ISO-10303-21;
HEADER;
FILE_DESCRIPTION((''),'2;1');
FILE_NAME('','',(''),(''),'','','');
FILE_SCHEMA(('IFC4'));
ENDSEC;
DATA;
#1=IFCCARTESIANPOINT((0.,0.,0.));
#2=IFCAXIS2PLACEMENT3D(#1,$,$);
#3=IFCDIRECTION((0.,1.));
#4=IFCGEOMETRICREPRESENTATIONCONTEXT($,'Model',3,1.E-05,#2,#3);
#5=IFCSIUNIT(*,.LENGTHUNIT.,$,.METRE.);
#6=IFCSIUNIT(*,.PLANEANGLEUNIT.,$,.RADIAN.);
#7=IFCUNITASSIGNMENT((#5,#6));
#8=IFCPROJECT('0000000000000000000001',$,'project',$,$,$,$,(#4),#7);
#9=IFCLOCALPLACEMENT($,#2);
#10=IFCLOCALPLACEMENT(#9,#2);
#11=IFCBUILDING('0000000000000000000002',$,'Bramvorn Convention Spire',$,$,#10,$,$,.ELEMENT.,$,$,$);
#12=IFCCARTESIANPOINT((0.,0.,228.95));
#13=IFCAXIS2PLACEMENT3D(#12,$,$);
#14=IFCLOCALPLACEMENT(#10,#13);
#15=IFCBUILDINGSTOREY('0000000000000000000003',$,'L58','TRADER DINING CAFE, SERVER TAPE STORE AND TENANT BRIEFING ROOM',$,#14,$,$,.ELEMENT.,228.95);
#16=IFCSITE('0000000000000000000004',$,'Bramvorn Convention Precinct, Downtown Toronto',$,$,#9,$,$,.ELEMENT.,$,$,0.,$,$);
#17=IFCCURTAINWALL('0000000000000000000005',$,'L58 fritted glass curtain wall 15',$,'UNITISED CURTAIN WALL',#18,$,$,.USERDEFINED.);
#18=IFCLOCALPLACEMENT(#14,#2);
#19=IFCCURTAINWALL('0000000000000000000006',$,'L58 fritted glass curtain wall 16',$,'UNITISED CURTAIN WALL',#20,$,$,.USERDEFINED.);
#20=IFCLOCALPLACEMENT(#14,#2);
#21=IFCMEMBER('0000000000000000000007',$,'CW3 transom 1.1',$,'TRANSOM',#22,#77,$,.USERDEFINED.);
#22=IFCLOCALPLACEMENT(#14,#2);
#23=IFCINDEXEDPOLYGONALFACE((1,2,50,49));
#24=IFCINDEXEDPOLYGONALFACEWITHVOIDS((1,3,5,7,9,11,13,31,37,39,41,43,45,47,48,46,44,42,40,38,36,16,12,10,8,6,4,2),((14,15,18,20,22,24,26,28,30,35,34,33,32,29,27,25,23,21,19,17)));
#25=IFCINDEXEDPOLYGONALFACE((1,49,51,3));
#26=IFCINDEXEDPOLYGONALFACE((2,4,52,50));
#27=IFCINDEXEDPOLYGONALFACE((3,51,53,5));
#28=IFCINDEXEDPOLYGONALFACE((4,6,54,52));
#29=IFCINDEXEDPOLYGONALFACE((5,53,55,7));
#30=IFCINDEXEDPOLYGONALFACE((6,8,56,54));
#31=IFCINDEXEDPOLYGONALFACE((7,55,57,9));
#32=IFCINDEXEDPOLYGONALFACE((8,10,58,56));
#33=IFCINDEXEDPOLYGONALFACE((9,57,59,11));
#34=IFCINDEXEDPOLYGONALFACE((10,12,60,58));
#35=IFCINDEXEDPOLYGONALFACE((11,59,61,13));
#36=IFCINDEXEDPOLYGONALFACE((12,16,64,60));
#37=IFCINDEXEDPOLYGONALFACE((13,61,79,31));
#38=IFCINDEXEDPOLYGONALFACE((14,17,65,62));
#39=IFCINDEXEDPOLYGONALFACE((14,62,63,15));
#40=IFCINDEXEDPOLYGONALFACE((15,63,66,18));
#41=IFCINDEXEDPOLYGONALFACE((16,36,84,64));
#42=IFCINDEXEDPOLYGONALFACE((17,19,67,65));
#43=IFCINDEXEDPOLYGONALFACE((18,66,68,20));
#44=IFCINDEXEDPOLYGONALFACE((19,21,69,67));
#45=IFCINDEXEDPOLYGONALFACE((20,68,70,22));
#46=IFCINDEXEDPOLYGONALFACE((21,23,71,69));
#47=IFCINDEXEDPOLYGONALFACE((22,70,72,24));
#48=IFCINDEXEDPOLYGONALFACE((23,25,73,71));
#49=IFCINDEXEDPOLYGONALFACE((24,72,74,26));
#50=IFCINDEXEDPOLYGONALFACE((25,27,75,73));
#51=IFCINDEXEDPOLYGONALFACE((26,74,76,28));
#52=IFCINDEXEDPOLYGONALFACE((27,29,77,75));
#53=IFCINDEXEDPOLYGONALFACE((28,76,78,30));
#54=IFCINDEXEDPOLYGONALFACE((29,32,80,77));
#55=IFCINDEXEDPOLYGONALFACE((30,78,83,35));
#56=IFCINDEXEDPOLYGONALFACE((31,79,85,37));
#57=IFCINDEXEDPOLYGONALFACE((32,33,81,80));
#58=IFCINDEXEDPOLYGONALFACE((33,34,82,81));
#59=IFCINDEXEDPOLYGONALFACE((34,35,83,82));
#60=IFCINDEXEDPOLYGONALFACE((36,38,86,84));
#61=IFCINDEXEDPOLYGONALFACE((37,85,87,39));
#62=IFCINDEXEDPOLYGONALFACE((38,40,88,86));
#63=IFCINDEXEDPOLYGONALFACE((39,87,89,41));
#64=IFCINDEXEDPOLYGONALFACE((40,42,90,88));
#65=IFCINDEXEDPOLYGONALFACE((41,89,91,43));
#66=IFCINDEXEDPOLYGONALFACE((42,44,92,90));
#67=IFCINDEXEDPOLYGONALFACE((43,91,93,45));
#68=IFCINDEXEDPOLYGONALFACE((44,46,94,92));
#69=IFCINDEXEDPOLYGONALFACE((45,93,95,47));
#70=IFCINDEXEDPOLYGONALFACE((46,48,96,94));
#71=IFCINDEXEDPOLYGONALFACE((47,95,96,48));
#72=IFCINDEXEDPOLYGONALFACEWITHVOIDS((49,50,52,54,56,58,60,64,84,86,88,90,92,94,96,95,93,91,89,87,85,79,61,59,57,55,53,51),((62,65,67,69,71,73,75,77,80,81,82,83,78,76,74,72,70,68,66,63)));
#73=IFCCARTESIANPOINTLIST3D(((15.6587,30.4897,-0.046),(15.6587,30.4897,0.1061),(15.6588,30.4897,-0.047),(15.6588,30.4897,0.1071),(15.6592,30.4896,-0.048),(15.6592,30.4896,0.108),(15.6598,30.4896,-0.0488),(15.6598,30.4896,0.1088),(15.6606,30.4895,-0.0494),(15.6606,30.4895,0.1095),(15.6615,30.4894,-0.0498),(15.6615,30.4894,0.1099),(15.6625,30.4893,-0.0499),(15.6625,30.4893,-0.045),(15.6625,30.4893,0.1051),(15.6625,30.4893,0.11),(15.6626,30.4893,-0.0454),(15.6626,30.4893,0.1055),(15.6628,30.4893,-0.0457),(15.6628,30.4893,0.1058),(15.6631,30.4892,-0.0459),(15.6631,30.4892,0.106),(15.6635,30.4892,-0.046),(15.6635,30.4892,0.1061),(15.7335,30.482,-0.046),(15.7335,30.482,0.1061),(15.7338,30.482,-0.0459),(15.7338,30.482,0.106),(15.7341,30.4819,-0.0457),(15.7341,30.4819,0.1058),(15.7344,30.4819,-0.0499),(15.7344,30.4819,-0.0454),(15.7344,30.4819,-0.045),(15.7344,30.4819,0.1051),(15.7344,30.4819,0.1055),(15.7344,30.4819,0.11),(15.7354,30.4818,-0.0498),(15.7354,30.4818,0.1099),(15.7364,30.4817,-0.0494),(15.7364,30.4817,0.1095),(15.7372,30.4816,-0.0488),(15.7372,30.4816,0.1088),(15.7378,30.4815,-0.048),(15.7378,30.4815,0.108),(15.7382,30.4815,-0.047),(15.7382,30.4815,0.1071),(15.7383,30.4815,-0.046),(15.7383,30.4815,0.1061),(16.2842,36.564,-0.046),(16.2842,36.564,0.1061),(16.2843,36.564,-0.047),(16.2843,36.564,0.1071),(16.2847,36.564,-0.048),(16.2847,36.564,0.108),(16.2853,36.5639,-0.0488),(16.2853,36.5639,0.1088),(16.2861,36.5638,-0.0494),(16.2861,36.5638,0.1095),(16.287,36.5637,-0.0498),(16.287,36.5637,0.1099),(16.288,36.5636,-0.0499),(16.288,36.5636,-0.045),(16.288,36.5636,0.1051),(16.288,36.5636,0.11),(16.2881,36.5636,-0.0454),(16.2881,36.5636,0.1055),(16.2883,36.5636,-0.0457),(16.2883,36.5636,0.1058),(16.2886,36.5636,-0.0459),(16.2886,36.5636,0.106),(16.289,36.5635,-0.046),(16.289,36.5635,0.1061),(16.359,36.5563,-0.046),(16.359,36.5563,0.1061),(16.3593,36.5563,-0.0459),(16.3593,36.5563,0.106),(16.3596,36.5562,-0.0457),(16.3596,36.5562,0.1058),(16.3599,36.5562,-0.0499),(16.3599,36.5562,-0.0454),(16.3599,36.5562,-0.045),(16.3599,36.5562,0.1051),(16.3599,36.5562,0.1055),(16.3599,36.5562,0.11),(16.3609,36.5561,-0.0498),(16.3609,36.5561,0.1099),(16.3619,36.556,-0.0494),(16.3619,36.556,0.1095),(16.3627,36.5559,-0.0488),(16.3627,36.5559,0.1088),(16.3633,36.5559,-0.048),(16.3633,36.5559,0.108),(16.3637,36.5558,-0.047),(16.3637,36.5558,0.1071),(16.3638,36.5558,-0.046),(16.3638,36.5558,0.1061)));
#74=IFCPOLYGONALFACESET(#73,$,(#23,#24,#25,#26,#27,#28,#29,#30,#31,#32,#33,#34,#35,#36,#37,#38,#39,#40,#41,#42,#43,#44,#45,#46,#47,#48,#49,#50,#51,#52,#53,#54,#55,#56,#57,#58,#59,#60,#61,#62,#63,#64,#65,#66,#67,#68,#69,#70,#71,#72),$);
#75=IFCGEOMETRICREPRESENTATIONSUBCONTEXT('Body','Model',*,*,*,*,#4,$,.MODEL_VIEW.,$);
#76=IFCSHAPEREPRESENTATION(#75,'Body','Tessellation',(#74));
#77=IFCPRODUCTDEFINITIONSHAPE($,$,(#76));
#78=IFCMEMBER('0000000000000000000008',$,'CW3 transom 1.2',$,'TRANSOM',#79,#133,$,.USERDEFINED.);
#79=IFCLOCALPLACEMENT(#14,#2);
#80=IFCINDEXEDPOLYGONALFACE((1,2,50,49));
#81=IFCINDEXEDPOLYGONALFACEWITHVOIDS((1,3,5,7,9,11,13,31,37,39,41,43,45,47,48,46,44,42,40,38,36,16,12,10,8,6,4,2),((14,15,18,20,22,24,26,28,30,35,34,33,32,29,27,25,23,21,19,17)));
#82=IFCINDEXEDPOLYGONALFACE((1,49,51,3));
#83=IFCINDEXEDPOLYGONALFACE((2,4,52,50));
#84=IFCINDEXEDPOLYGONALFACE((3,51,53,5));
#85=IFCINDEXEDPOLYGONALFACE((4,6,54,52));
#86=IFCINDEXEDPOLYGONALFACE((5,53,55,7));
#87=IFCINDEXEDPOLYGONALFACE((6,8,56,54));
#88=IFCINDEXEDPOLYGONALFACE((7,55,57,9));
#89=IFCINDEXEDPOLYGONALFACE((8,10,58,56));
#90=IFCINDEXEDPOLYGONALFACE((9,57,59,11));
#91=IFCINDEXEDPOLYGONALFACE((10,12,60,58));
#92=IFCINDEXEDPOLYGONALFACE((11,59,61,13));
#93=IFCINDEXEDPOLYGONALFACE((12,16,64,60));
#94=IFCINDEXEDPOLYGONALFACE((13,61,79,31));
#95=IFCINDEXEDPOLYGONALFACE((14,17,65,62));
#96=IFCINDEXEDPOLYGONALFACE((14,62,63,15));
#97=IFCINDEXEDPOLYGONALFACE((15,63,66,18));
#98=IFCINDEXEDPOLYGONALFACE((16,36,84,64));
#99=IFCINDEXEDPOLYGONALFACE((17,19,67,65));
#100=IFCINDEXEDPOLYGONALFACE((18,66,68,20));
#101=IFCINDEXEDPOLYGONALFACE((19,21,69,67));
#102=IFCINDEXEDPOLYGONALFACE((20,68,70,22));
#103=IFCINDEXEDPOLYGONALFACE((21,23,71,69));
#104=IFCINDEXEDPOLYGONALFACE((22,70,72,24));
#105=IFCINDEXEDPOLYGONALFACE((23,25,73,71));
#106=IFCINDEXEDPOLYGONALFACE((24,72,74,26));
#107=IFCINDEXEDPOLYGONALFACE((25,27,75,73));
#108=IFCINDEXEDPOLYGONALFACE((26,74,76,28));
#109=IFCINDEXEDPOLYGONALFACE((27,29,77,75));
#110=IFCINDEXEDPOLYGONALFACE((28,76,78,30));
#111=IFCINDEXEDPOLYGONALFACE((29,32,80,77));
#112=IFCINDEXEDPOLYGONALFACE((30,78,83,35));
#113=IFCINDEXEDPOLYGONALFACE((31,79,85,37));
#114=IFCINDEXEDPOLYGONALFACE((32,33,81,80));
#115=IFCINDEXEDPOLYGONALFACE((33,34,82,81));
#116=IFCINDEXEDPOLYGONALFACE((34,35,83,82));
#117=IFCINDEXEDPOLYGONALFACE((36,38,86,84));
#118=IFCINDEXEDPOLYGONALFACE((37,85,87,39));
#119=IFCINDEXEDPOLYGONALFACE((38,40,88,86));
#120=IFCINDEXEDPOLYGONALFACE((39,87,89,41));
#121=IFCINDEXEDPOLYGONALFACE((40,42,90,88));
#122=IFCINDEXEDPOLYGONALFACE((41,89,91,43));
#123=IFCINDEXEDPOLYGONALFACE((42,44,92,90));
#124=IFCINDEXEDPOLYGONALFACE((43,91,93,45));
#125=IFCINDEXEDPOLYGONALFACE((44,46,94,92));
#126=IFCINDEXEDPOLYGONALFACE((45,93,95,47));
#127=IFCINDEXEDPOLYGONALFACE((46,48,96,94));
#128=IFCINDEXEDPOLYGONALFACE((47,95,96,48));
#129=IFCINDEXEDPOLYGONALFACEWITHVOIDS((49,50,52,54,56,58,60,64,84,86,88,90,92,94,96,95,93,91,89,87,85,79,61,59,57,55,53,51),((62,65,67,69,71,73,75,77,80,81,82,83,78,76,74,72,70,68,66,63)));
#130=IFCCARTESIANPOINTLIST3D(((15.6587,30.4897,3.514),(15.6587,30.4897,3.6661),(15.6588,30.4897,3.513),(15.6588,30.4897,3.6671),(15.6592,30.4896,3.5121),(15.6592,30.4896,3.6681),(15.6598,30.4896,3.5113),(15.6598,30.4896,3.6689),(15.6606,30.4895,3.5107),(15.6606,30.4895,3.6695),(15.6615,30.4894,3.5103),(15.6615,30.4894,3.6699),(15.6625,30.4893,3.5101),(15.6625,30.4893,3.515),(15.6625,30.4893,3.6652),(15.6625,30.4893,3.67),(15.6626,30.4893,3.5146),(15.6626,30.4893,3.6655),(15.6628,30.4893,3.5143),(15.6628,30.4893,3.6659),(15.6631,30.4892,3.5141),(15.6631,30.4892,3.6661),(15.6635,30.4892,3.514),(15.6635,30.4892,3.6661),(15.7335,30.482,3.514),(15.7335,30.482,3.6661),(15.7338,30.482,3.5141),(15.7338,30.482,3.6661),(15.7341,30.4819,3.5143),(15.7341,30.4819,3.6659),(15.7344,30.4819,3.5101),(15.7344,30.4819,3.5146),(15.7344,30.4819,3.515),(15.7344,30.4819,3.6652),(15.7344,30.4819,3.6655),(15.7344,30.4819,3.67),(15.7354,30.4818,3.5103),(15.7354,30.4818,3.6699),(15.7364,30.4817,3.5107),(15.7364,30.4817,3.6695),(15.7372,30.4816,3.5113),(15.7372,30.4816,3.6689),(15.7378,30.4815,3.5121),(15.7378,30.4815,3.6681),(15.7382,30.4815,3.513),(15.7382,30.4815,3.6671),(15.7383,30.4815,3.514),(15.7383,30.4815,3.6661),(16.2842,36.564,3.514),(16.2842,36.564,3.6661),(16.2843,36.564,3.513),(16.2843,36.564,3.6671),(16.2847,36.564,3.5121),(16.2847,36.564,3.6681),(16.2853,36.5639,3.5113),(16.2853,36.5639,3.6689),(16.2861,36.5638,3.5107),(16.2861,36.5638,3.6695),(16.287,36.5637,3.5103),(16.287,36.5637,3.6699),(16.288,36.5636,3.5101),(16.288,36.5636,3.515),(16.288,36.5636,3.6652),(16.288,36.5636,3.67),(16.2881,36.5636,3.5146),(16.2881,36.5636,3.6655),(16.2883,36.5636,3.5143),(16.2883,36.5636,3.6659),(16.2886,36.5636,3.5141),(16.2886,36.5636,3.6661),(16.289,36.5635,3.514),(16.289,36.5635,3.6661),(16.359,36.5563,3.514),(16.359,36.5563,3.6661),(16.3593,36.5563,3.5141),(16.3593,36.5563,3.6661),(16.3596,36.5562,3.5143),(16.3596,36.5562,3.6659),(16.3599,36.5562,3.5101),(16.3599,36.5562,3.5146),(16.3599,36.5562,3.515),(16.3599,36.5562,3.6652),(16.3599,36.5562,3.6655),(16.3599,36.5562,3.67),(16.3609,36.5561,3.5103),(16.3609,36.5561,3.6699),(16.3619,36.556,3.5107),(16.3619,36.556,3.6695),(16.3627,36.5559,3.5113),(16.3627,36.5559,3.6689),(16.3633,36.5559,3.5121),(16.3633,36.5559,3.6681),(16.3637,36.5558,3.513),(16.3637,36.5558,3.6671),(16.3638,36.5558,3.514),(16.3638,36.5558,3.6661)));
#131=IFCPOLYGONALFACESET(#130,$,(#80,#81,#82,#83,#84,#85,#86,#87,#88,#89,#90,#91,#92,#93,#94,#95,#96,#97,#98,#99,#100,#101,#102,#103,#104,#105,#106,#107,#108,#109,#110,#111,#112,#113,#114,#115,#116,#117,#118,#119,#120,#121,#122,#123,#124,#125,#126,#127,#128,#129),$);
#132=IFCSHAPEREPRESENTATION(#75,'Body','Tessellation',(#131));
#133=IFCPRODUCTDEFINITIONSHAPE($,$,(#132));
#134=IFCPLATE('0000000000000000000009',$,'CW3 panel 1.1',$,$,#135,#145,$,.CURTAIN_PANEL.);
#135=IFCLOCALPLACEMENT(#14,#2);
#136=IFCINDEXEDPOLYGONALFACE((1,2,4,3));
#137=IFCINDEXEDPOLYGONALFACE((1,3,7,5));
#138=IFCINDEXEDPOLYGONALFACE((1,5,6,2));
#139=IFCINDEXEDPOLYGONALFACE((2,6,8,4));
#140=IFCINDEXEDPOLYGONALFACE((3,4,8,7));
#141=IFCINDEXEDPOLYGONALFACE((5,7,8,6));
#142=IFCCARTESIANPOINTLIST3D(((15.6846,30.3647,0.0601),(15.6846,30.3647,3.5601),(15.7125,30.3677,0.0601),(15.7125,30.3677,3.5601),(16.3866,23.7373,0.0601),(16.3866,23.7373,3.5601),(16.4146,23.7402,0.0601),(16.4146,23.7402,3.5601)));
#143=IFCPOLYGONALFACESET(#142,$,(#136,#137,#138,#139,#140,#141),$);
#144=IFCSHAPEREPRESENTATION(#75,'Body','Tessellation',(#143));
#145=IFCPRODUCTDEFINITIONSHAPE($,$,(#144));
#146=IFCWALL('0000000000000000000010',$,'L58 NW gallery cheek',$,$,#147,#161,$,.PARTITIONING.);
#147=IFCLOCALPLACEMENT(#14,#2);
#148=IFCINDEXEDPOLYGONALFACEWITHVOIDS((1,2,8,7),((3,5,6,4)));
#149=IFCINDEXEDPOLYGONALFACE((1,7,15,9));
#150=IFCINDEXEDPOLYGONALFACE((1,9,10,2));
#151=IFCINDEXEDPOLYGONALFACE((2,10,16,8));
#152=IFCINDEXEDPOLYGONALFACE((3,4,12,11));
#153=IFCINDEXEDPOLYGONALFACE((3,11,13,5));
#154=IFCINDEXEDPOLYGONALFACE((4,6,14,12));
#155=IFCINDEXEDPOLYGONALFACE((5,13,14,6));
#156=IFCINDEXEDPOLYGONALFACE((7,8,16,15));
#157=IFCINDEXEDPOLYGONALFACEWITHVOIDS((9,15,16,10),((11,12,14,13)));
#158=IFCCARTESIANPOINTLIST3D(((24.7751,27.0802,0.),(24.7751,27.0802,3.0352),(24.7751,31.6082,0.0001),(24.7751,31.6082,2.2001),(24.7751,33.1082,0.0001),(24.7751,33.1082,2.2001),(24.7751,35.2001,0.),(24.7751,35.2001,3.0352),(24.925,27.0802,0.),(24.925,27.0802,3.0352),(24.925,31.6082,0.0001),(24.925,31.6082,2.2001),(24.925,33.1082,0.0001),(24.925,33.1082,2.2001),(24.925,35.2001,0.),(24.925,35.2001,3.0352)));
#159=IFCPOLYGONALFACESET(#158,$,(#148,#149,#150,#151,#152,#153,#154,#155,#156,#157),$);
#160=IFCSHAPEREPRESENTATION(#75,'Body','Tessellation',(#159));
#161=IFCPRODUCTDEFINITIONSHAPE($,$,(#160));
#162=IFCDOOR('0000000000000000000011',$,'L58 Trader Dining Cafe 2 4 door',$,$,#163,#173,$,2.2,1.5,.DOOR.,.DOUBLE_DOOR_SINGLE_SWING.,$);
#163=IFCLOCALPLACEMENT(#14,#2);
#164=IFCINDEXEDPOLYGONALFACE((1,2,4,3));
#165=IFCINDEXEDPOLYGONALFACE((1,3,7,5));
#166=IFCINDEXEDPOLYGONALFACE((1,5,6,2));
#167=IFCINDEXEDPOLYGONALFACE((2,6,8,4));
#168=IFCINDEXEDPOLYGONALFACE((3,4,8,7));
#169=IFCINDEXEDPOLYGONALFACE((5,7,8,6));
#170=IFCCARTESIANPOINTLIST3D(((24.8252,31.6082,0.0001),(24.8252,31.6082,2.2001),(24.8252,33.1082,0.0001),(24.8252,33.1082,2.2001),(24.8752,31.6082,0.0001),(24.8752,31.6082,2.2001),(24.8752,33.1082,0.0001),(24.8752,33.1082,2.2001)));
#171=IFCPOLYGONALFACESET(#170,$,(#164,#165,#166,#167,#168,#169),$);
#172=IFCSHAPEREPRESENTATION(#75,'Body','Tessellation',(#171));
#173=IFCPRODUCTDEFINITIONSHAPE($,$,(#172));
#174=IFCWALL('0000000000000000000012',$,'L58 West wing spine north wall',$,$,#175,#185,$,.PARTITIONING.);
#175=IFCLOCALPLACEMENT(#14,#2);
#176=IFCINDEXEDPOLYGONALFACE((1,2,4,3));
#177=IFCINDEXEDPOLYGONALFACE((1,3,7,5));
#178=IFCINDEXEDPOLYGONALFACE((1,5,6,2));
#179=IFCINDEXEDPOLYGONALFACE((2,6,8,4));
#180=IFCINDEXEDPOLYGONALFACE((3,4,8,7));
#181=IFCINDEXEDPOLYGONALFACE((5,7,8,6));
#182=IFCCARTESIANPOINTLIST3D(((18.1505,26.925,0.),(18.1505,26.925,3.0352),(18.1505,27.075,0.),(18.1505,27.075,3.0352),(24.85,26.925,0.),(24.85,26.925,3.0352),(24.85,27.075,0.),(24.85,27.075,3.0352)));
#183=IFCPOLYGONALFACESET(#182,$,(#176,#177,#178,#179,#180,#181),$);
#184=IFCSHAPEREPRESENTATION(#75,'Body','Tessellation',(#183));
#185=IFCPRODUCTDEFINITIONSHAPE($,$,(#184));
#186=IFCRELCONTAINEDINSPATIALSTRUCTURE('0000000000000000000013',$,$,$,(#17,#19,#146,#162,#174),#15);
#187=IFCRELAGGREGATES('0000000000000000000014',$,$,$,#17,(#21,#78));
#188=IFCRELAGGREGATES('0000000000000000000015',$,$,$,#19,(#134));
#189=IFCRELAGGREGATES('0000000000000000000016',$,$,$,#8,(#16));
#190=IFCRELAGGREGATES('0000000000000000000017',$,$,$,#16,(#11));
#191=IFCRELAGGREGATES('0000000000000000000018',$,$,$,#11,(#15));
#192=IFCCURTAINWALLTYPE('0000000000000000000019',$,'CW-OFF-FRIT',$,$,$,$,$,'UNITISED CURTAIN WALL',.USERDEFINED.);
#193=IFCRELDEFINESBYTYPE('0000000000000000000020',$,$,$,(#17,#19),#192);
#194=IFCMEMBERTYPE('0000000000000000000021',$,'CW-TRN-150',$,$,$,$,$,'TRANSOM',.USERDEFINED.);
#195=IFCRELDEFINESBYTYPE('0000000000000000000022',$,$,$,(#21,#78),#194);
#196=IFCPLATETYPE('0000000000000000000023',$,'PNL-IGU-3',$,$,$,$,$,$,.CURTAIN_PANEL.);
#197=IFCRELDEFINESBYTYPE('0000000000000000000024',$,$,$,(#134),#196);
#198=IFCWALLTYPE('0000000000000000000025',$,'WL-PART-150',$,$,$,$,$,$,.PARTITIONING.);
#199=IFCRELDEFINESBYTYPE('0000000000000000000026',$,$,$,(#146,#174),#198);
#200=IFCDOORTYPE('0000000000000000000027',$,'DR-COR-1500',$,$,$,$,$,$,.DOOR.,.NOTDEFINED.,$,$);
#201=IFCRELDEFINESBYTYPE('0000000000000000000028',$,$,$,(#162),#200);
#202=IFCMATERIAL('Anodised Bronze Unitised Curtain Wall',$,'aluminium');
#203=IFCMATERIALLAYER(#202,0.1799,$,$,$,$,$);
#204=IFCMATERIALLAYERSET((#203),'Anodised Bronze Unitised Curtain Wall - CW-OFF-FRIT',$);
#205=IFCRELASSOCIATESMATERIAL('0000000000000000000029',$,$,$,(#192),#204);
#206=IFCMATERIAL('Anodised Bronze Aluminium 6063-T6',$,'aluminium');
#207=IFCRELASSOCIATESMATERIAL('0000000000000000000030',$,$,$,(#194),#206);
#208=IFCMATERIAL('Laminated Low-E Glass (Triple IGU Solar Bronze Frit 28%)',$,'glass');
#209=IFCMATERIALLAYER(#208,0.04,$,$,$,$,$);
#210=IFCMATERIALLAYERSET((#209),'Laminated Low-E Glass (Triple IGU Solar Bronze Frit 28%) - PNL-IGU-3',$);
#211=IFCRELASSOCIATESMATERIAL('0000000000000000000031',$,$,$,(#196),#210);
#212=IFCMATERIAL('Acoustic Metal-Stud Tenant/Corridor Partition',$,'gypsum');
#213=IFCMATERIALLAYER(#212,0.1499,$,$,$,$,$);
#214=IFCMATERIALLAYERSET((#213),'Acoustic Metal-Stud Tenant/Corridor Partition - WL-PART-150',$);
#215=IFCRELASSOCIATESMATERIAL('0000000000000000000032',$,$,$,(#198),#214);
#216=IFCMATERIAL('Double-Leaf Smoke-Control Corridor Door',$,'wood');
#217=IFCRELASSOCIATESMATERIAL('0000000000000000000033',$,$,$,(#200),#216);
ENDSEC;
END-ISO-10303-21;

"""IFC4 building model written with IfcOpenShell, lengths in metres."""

from ifc_helpers import new_model, si_unit, direction, frame, frame_2d, origin, origin_2d, place, context, subcontext, project, spatial, rectangle, hollow_rectangle, extrude, material, layer, layer_set, material_profile, profile_set, type_object, element, fill, aggregate, save


model = new_model("IFC4")

# Units and contexts
model_context = context("Model", 3, precision=1e-05, world=origin(), true_north=direction((0.0, 1.0)))
body_context = subcontext(model_context, "Body", "Model", "MODEL_VIEW")
ifc_project = project(units=[si_unit("LENGTHUNIT", "METRE"), si_unit("PLANEANGLEUNIT", "RADIAN")], contexts=[model_context])

# Site, building, storey
site_placement = place(None, origin())
site = spatial("IfcSite", under=ifc_project, at=site_placement, Name="Bramvorn Convention Precinct, Downtown Toronto", CompositionType="ELEMENT", RefElevation=0.0)
building_placement = place(site_placement, origin())
building = spatial("IfcBuilding", under=site, at=building_placement, Name="Bramvorn Convention Spire", CompositionType="ELEMENT")
storey_placement = place(building_placement, frame((0.0, 0.0, 228.95)))
storey = spatial("IfcBuildingStorey", under=building, at=storey_placement, Name="L58", Description="TRADER DINING CAFE, SERVER TAPE STORE AND TENANT BRIEFING ROOM", CompositionType="ELEMENT", Elevation=228.95)

# Curtain walls
ifc_material_1 = material(Name="Anodised Bronze Unitised Curtain Wall", Category="aluminium")
ifc_layer_1 = layer(ifc_material_1, 0.1799)
ifc_layer_set_1 = layer_set([ifc_layer_1], Name="Anodised Bronze Unitised Curtain Wall - CW-OFF-FRIT")
curtain_wall_type = type_object("IfcCurtainWallType", Name="CW-OFF-FRIT", ElementType="UNITISED CURTAIN WALL", PredefinedType="USERDEFINED", material=ifc_layer_set_1)
curtain_wall_1_placement = place(storey_placement, origin())
curtain_wall_1 = element("IfcCurtainWall", 1, at=curtain_wall_1_placement, inside=storey, type_object=curtain_wall_type, Name="L58 fritted glass curtain wall 15", ObjectType="UNITISED CURTAIN WALL", PredefinedType="USERDEFINED")
ifc_material_2 = material(Name="Anodised Bronze Aluminium 6063-T6", Category="aluminium")
curtain_wall_2_placement = place(storey_placement, origin())
curtain_wall_2 = element("IfcCurtainWall", 2, at=curtain_wall_2_placement, inside=storey, type_object=curtain_wall_type, Name="L58 fritted glass curtain wall 16", ObjectType="UNITISED CURTAIN WALL", PredefinedType="USERDEFINED")

# Members
ifc_material_profile_1 = material_profile(ifc_material_2, hollow_rectangle(XDim=0.0801, YDim=0.1599, WallThickness=0.0039, InnerFilletRadius=0.001, OuterFilletRadius=0.0039, at=origin_2d()))
ifc_profile_set_1 = profile_set([ifc_material_profile_1], Name="Anodised Bronze Aluminium 6063-T6 - CWT80X160")
member_type_1 = type_object("IfcMemberType", Name="CW-TRN-150", ElementType="TRANSOM", PredefinedType="USERDEFINED", material=ifc_profile_set_1)
member_1_placement = place(storey_placement, frame((15.6985, 30.4856, 0.03), z_axis=(0.102433, 0.99474, 0.0), x_axis=(-0.99474, 0.102433, 0.0)))
member_1 = element("IfcMember", 3, at=member_1_placement, type_object=member_type_1, Name="CW3 transom 1.1", ObjectType="TRANSOM", PredefinedType="USERDEFINED", context=body_context, shape_type="SweptSolid", body=[
    extrude(hollow_rectangle(XDim=0.0801, YDim=0.1599, WallThickness=0.0039, InnerFilletRadius=0.001, OuterFilletRadius=0.0039, at=origin_2d()), origin(), (0.0, 0.0, 1.0), 6.1064),
])
member_2_placement = place(storey_placement, frame((15.6985, 30.4856, 3.5901), z_axis=(0.102433, 0.99474, 0.0), x_axis=(-0.99474, 0.102433, 0.0)))
member_2 = element("IfcMember", 4, at=member_2_placement, type_object=member_type_1, Name="CW3 transom 1.2", ObjectType="TRANSOM", PredefinedType="USERDEFINED", context=body_context, shape_type="SweptSolid", body=[
    extrude(hollow_rectangle(XDim=0.0801, YDim=0.1599, WallThickness=0.0039, InnerFilletRadius=0.001, OuterFilletRadius=0.0039, at=origin_2d()), origin(), (0.0, 0.0, 1.0), 6.1064),
])
aggregate(curtain_wall_1, [member_1, member_2])

# Plate
ifc_material_3 = material(Name="Laminated Low-E Glass (Triple IGU Solar Bronze Frit 28%)", Category="glass")
ifc_layer_2 = layer(ifc_material_3, 0.04)
ifc_layer_set_2 = layer_set([ifc_layer_2], Name="Laminated Low-E Glass (Triple IGU Solar Bronze Frit 28%) - PNL-IGU-3")
plate_type = type_object("IfcPlateType", Name="PNL-IGU-3", PredefinedType="CURTAIN_PANEL", material=ifc_layer_set_2)
plate_placement = place(storey_placement, frame((16.0496, 27.0525, 0.0601), z_axis=(0.0, 0.0, 1.0), x_axis=(-0.105344, 0.994436, 0.0)))
plate = element("IfcPlate", 5, at=plate_placement, type_object=plate_type, Name="CW3 panel 1.1", PredefinedType="CURTAIN_PANEL", context=body_context, shape_type="SweptSolid", body=[
    extrude(rectangle(XDim=6.6646, YDim=0.0281, at=origin_2d()), origin(), (0.0, 0.0, 1.0), 3.5),
])
aggregate(curtain_wall_2, [plate])

# Wall, opening, door
ifc_material_4 = material(Name="Acoustic Metal-Stud Tenant/Corridor Partition", Category="gypsum")
ifc_layer_3 = layer(ifc_material_4, 0.1499)
ifc_layer_set_3 = layer_set([ifc_layer_3], Name="Acoustic Metal-Stud Tenant/Corridor Partition - WL-PART-150")
wall_type_1 = type_object("IfcWallType", Name="WL-PART-150", PredefinedType="PARTITIONING", material=ifc_layer_set_3)
wall_1_placement = place(storey_placement, frame((24.8501, 27.0801, 0.0), z_axis=(0.0, 0.0, 1.0), x_axis=(0.0, 1.0, 0.0)))
wall_1 = element("IfcWall", 6, at=wall_1_placement, inside=storey, type_object=wall_type_1, Name="L58 NW gallery cheek", PredefinedType="PARTITIONING", context=body_context, shape_type="SweptSolid", body=[
    extrude(rectangle(XDim=8.1199, YDim=0.1499, at=frame_2d((4.0601, 0.0))), origin(), (0.0, 0.0, 1.0), 3.0352),
])
opening_1_placement = place(wall_1_placement, frame((4.5281, 0.0, 0.0)))
opening_1 = element("IfcOpeningElement", 7, at=opening_1_placement, cuts=wall_1, PredefinedType="OPENING", context=body_context, shape_type="SweptSolid", body=[
    extrude(rectangle(XDim=1.5, YDim=2.2, at=frame_2d((0.75, 1.1001))), frame((0.0, 0.085, 0.0), z_axis=(0.0, -1.0, 0.0), x_axis=(1.0, 0.0, 0.0)), (0.0, 0.0, 1.0), 0.1699),
])
ifc_material_5 = material(Name="Double-Leaf Smoke-Control Corridor Door", Category="wood")
door_type_1 = type_object("IfcDoorType", Name="DR-COR-1500", OperationType="NOTDEFINED", PredefinedType="DOOR", material=ifc_material_5)
door_1_placement = place(opening_1_placement, origin())
door_1 = element("IfcDoor", 8, at=door_1_placement, inside=storey, type_object=door_type_1, Name="L58 Trader Dining Cafe 2 4 door", OperationType="DOUBLE_DOOR_SINGLE_SWING", OverallHeight=2.2, OverallWidth=1.5, PredefinedType="DOOR", context=body_context, shape_type="SweptSolid", body=[
    extrude(rectangle(XDim=1.5, YDim=2.2, at=frame_2d((0.75, 1.1001))), frame((0.0, 0.0249, 0.0), z_axis=(0.0, -1.0, 0.0), x_axis=(1.0, 0.0, 0.0)), (0.0, 0.0, 1.0), 0.05),
])
fill(opening_1, door_1)

# Wall
wall_2_placement = place(storey_placement, frame((18.1506, 27.0, 0.0), z_axis=(0.0, 0.0, 1.0), x_axis=(1.0, 0.0, 0.0)))
element("IfcWall", 9, at=wall_2_placement, inside=storey, type_object=wall_type_1, Name="L58 West wing spine north wall", PredefinedType="PARTITIONING", context=body_context, shape_type="SweptSolid", body=[
    extrude(rectangle(XDim=6.6995, YDim=0.1499, at=frame_2d((3.3496, 0.0))), origin(), (0.0, 0.0, 1.0), 3.0352),
])

save(model, "model.ifc")
